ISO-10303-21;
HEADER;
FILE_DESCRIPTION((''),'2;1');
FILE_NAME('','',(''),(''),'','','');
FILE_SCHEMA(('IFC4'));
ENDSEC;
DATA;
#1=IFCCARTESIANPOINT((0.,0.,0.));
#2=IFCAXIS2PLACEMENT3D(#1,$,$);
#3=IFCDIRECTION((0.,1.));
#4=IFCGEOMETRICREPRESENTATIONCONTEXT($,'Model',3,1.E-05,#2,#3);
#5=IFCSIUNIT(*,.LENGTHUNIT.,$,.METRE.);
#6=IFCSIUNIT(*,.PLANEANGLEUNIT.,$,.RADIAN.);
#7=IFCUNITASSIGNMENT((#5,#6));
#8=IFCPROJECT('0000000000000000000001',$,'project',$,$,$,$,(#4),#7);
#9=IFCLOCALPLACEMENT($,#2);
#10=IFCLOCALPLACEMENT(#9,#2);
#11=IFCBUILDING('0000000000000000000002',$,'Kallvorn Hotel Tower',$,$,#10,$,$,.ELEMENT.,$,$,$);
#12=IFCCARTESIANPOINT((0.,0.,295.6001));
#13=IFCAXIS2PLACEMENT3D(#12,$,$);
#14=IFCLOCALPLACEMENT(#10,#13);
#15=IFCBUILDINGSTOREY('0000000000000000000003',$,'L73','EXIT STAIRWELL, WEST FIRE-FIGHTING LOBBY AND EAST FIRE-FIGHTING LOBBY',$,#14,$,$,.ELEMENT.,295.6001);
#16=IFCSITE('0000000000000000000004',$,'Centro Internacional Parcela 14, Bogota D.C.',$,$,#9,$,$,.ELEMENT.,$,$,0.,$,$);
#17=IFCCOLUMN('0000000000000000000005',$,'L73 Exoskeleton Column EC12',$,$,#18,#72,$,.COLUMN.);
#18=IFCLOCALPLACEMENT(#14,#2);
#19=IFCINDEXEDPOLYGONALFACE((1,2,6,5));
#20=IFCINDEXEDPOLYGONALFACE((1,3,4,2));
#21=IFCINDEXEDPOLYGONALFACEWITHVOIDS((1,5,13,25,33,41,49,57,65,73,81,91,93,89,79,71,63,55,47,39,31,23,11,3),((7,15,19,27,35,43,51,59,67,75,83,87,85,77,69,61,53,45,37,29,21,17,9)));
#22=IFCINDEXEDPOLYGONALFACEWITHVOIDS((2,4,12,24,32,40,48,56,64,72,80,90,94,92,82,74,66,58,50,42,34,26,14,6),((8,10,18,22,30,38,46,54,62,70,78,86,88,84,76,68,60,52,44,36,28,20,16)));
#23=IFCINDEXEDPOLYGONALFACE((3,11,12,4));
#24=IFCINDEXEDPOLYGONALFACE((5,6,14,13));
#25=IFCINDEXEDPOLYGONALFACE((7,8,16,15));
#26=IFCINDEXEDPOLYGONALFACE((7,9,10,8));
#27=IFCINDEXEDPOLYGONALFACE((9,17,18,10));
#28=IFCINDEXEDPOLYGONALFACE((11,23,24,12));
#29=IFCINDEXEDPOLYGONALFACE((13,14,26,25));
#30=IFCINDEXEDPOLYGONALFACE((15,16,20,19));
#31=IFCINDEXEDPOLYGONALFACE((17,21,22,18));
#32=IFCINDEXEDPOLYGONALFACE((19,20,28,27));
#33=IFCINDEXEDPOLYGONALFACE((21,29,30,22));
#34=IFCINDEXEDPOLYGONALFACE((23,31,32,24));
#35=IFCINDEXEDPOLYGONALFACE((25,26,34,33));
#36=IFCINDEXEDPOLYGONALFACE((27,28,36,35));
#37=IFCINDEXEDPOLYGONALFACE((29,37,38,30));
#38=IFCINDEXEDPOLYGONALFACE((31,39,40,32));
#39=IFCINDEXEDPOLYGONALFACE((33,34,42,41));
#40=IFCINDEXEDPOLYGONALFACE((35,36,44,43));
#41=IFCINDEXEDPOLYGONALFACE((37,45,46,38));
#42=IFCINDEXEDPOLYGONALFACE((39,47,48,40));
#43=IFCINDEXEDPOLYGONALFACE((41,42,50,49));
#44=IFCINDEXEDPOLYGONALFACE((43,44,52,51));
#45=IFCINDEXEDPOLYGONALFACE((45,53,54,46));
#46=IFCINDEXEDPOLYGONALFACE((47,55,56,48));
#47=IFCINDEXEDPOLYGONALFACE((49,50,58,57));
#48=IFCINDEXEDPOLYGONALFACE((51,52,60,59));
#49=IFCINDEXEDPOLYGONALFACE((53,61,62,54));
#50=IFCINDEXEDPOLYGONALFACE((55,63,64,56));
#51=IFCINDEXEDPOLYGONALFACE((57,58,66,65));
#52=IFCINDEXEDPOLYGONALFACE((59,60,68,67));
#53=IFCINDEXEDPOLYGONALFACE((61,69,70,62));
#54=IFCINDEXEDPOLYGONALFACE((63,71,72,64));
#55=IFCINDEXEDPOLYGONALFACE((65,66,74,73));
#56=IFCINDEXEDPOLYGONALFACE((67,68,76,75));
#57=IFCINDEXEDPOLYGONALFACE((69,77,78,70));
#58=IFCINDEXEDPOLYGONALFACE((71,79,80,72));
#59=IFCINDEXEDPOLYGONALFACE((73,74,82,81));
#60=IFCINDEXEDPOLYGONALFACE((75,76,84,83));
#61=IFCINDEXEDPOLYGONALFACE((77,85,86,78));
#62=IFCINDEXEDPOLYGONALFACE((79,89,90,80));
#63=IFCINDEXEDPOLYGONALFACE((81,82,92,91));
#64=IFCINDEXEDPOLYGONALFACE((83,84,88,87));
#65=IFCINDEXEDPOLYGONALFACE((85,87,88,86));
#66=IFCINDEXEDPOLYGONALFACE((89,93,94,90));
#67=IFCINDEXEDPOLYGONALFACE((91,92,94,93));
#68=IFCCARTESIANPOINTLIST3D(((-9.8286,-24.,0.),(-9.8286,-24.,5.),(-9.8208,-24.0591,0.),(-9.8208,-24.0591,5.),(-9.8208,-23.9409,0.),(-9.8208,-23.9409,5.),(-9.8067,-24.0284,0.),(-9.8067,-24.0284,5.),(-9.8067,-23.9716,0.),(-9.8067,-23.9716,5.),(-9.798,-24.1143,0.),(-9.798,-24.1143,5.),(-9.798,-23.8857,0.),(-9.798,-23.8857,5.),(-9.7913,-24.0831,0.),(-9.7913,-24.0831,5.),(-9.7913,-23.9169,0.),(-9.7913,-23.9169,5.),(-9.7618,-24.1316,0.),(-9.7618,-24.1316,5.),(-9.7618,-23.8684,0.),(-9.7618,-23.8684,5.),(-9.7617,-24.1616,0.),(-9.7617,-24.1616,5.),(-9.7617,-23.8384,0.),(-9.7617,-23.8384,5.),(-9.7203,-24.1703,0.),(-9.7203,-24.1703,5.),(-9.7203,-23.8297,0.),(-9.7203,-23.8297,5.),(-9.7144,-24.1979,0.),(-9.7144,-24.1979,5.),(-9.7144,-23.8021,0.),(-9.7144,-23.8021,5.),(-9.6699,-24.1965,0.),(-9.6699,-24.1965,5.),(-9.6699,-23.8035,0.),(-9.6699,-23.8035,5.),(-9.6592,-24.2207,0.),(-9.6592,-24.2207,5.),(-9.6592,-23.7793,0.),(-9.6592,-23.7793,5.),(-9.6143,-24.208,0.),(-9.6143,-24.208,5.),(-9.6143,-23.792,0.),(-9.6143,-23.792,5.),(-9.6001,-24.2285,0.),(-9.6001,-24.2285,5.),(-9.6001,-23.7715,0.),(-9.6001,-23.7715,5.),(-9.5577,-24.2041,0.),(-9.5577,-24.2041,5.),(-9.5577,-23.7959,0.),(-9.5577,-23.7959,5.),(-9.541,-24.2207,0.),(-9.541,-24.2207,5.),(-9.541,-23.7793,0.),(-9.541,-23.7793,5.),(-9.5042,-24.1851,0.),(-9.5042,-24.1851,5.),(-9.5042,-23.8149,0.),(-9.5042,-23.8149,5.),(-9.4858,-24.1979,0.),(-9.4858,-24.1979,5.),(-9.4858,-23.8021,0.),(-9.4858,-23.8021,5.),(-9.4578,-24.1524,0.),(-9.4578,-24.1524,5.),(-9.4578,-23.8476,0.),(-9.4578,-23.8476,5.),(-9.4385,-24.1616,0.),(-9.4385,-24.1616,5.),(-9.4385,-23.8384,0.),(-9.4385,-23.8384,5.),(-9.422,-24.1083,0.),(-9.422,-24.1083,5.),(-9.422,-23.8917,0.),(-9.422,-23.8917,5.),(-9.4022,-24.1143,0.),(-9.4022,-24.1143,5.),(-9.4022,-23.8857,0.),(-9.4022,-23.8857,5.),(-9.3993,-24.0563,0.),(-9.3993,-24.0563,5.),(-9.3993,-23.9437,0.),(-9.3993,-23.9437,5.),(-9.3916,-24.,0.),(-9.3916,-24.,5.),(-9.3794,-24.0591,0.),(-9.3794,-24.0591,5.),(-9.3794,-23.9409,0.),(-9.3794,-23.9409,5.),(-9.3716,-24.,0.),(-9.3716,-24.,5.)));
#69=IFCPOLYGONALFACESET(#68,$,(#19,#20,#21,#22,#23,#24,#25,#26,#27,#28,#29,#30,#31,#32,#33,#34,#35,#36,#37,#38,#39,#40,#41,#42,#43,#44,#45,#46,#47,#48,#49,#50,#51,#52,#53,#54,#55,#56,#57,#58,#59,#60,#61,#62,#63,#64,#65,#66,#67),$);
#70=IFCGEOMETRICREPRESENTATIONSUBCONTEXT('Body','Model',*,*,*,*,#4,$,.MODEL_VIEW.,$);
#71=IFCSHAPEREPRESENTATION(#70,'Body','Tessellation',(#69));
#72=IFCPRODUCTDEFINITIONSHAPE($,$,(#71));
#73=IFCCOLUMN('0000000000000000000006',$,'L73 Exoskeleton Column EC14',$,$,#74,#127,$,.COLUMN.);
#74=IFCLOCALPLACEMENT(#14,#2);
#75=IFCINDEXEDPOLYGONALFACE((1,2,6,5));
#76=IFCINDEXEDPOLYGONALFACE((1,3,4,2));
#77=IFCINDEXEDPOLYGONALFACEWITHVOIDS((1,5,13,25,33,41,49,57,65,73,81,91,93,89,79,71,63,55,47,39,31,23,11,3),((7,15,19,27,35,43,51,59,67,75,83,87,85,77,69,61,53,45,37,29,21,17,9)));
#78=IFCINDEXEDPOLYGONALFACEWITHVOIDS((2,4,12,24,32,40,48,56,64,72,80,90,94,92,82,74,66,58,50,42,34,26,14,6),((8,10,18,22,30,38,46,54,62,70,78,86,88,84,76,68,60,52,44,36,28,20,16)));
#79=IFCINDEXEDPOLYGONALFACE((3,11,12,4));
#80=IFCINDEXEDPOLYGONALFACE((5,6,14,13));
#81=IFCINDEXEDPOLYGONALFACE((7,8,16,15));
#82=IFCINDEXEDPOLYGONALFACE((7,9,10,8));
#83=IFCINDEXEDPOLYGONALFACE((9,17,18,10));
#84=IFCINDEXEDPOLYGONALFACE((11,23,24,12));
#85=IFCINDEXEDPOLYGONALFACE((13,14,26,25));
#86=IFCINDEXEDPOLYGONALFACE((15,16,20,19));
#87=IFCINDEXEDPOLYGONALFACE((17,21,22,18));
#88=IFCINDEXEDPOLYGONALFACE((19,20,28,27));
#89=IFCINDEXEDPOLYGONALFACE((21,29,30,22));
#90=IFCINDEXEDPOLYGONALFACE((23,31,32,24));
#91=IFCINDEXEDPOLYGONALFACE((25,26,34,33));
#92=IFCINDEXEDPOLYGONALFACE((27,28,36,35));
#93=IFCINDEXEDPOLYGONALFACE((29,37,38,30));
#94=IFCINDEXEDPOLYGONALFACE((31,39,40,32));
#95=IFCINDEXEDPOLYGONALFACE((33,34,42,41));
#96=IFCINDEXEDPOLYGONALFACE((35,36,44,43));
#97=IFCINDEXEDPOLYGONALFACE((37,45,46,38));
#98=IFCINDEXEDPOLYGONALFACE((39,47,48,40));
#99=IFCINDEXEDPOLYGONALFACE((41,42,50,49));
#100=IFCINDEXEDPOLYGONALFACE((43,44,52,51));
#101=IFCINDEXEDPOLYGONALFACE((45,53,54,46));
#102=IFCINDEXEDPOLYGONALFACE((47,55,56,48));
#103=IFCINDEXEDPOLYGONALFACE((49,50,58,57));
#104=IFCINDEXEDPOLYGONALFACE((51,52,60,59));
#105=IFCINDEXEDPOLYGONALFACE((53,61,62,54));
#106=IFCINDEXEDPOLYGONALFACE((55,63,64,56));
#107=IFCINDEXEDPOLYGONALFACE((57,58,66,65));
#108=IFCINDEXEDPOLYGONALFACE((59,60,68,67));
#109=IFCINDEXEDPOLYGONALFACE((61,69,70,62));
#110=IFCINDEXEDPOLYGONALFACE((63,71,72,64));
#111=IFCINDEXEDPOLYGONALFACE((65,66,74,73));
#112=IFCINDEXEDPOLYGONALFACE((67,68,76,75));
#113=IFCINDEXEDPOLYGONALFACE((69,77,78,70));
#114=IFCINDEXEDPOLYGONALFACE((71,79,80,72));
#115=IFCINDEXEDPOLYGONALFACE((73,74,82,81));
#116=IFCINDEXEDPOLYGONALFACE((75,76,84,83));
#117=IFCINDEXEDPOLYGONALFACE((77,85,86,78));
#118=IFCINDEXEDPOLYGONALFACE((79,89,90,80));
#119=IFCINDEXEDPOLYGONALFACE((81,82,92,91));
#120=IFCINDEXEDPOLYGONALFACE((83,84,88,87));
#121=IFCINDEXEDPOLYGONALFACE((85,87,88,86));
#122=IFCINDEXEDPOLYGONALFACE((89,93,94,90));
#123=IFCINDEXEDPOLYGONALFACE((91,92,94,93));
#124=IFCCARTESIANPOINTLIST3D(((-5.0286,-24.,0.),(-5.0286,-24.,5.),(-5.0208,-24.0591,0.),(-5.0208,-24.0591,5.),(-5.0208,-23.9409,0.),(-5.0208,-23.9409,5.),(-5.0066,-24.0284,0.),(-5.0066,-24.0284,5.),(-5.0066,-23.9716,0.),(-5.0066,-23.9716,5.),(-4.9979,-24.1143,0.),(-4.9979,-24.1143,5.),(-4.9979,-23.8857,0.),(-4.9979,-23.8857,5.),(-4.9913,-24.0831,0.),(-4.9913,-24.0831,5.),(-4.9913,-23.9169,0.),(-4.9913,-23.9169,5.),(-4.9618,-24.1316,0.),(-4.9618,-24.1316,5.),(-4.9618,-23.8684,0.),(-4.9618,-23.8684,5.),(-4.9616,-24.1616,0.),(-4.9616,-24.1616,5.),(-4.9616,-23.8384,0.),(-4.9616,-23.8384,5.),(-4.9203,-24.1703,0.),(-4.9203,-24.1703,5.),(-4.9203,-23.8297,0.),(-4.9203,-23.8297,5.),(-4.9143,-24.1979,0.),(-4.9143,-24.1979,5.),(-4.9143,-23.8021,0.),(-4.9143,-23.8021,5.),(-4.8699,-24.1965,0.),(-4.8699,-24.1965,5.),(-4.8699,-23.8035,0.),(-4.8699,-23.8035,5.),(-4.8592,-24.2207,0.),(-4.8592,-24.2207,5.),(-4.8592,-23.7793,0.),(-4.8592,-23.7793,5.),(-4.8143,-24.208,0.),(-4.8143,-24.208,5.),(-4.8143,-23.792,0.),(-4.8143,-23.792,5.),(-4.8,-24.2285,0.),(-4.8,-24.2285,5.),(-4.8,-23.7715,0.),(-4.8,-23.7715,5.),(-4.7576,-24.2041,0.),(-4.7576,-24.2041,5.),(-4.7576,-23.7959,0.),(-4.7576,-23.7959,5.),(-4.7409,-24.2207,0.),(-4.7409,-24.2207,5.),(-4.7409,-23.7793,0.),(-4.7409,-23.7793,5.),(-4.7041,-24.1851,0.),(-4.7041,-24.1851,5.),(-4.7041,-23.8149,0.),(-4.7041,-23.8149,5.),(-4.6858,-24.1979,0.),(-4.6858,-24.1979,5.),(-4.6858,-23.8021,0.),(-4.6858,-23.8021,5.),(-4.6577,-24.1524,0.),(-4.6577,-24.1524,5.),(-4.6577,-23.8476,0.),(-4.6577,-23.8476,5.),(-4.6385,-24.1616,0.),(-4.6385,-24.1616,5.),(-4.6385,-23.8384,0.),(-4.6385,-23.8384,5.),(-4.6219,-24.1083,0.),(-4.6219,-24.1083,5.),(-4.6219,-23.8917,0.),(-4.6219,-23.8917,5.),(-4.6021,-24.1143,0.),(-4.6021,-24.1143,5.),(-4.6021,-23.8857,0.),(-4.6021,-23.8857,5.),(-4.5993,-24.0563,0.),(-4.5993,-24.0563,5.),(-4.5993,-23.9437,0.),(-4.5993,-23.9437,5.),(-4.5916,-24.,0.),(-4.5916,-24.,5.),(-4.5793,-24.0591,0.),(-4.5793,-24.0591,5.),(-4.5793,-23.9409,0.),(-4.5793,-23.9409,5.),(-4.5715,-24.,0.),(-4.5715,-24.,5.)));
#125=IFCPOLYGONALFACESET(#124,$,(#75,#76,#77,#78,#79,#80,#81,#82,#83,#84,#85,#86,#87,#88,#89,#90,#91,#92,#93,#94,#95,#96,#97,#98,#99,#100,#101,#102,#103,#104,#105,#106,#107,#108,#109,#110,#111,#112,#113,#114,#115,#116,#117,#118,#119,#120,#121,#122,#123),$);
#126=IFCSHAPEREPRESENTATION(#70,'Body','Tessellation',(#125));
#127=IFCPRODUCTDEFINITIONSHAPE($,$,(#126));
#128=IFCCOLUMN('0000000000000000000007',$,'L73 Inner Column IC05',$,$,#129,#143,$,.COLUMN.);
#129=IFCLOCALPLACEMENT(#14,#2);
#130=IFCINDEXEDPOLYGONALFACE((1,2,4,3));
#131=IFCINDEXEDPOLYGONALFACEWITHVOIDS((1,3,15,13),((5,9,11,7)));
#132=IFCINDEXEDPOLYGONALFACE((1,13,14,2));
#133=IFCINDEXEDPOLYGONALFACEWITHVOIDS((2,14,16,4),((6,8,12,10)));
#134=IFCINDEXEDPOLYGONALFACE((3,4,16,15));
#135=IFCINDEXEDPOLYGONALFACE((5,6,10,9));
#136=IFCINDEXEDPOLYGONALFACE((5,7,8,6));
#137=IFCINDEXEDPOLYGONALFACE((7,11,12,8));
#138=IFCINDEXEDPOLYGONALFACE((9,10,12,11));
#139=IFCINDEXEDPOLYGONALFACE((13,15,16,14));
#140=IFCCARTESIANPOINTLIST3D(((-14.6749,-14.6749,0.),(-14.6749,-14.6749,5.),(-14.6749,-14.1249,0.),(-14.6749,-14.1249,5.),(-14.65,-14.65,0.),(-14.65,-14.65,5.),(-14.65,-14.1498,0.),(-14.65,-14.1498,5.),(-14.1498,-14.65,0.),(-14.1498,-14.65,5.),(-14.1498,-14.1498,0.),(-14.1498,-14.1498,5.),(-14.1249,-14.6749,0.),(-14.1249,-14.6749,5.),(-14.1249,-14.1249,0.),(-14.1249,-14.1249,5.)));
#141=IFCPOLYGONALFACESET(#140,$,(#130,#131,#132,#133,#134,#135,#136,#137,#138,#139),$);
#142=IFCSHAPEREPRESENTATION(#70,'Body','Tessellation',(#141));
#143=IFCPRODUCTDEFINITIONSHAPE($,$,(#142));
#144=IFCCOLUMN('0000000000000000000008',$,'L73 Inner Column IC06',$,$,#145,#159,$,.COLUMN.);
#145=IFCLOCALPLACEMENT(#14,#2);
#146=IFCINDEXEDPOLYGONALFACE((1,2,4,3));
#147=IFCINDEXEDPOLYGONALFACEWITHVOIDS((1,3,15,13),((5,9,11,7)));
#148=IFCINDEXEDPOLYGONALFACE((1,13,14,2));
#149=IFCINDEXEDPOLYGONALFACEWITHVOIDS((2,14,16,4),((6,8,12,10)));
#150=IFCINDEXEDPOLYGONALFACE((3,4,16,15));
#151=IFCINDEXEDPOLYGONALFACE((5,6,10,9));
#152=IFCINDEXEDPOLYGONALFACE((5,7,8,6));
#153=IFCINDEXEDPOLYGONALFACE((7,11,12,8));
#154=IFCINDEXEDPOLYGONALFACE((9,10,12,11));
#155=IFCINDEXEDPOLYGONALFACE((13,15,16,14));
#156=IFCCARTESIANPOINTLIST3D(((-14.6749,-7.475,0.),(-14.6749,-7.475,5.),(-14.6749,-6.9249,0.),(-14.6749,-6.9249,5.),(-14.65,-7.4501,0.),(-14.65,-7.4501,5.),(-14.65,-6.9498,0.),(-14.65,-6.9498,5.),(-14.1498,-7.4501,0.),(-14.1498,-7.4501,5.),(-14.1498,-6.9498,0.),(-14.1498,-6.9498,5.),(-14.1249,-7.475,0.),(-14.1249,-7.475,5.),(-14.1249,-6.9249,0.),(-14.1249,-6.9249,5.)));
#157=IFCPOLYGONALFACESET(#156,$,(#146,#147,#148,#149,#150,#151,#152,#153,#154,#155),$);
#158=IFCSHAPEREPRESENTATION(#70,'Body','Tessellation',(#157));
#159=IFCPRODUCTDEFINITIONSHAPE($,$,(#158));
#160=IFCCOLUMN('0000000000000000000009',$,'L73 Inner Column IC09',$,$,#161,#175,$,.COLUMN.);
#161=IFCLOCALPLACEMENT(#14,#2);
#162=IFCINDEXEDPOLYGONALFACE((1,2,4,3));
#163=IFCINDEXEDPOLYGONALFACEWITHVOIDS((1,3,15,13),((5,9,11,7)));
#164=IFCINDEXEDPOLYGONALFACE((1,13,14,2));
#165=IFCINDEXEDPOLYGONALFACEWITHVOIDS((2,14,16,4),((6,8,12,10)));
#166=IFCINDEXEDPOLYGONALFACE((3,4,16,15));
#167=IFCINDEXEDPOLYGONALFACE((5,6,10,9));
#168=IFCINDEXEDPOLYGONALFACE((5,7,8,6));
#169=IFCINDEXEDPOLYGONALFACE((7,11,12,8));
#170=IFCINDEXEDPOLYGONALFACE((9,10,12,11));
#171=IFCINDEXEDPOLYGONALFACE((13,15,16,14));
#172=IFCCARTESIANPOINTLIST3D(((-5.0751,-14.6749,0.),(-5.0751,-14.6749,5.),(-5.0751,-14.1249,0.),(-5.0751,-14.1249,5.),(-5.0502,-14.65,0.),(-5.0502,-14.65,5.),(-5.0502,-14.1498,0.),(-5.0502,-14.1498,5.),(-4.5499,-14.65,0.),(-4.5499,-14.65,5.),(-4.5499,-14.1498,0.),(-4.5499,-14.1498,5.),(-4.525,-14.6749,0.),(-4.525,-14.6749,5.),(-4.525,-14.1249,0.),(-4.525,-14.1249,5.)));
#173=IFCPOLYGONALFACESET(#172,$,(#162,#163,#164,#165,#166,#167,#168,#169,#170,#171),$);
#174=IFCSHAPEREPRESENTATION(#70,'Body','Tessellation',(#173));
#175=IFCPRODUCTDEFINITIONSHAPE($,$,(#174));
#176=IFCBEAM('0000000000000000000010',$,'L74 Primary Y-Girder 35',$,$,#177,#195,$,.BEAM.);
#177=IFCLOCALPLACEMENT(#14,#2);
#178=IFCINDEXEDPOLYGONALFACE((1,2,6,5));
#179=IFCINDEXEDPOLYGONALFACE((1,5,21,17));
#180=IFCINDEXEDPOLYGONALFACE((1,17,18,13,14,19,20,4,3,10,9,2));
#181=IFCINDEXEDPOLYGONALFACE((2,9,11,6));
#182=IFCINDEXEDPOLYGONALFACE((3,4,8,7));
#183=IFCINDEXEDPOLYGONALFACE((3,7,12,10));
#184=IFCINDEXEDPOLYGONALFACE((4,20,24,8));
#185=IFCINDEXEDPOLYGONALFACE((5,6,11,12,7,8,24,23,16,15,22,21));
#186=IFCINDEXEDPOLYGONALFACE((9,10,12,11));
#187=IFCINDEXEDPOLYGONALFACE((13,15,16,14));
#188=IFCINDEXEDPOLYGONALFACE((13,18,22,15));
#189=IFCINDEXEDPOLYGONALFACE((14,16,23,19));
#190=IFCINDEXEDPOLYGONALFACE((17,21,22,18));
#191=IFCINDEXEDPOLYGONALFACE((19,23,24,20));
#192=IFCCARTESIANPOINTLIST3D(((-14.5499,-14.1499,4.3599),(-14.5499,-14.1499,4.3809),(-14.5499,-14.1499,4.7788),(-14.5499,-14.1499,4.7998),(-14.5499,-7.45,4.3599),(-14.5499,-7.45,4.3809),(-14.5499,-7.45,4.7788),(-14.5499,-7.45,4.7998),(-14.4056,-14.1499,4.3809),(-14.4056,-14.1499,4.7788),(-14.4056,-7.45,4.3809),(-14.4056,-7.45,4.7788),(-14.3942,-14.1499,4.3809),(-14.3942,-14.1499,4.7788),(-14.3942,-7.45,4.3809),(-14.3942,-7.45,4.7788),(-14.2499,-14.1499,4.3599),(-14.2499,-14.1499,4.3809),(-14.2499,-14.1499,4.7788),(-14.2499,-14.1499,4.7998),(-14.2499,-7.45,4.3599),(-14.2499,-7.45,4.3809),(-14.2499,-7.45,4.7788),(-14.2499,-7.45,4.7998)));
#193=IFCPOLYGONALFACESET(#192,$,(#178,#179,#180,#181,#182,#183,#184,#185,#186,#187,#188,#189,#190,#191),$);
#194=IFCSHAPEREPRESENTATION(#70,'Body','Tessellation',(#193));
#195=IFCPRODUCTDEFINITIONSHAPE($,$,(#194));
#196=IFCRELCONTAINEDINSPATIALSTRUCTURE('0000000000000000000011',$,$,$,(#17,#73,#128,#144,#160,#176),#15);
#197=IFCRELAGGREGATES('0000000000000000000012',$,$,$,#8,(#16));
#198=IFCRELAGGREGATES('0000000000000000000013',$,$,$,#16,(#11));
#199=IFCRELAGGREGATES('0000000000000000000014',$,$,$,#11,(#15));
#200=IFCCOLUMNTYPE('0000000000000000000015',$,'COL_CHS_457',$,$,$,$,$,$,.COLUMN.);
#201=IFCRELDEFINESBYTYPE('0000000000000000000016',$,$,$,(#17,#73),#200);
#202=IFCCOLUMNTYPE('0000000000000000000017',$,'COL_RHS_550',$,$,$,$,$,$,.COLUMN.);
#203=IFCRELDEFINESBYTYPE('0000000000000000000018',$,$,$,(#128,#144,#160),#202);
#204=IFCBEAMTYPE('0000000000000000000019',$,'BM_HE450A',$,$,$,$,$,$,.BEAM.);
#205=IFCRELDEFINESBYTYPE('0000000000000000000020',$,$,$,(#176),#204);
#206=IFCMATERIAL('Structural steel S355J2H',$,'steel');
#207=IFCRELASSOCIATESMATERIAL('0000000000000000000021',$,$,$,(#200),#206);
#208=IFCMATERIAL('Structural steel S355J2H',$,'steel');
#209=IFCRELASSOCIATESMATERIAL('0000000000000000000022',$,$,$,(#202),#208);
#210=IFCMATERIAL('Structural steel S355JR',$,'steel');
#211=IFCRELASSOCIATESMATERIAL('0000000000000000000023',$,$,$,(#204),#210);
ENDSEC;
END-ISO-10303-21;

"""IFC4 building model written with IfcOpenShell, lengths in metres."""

from ifc_helpers import new_model, si_unit, direction, frame, origin, origin_2d, place, context, subcontext, project, spatial, hollow_rectangle, hollow_circle, i_section, extrude, material, material_profile, profile_set, type_object, element, save


model = new_model("IFC4")

# Units and contexts
model_context = context("Model", 3, precision=1e-05, world=origin(), true_north=direction((0.0, 1.0)))
body_context = subcontext(model_context, "Body", "Model", "MODEL_VIEW")
ifc_project = project(units=[si_unit("LENGTHUNIT", "METRE"), si_unit("PLANEANGLEUNIT", "RADIAN")], contexts=[model_context])

# Site, building, storey
site_placement = place(None, origin())
site = spatial("IfcSite", under=ifc_project, at=site_placement, Name="Centro Internacional Parcela 14, Bogota D.C.", CompositionType="ELEMENT", RefElevation=0.0)
building_placement = place(site_placement, origin())
building = spatial("IfcBuilding", under=site, at=building_placement, Name="Kallvorn Hotel Tower", CompositionType="ELEMENT")
storey_placement = place(building_placement, frame((0.0, 0.0, 295.6001)))
storey = spatial("IfcBuildingStorey", under=building, at=storey_placement, Name="L73", Description="EXIT STAIRWELL, WEST FIRE-FIGHTING LOBBY AND EAST FIRE-FIGHTING LOBBY", CompositionType="ELEMENT", Elevation=295.6001)

# Columns
ifc_material_1 = material(Name="Structural steel S355J2H", Category="steel")
ifc_material_profile_1 = material_profile(ifc_material_1, hollow_circle(Radius=0.2285, WallThickness=0.02, at=origin_2d()), Name="CHS 457x20")
ifc_profile_set_1 = profile_set([ifc_material_profile_1], Name="Structural steel S355J2H")
column_type_1 = type_object("IfcColumnType", Name="COL_CHS_457", PredefinedType="COLUMN", material=ifc_profile_set_1)
for number, where, z_axis, x_axis, name in (
    (1, (-9.6001, -24.0, 0.0), (0.0, 0.0, 1.0), (1.0, 0.0, 0.0), "L73 Exoskeleton Column EC12"),
    (2, (-4.8, -24.0, 0.0), (0.0, 0.0, 1.0), (1.0, 0.0, 0.0), "L73 Exoskeleton Column EC14"),
):
    element("IfcColumn", number, at=place(storey_placement, frame(where, z_axis=z_axis, x_axis=x_axis)), inside=storey, type_object=column_type_1, Name=name, PredefinedType="COLUMN", context=body_context, shape_type="SweptSolid", body=[
        extrude(hollow_circle(Radius=0.2285, WallThickness=0.02, at=origin_2d()), origin(), (0.0, 0.0, 1.0), 5.0),
    ])
ifc_material_2 = material(Name="Structural steel S355J2H", Category="steel")
ifc_material_profile_2 = material_profile(ifc_material_2, hollow_rectangle(XDim=0.55, YDim=0.55, WallThickness=0.0249, at=origin_2d()), Name="RHS 550x550x25")
ifc_profile_set_2 = profile_set([ifc_material_profile_2], Name="Structural steel S355J2H")
column_type_2 = type_object("IfcColumnType", Name="COL_RHS_550", PredefinedType="COLUMN", material=ifc_profile_set_2)
for number, where, z_axis, x_axis, name in (
    (3, (-14.3999, -14.3999, 0.0), (0.0, 0.0, 1.0), (1.0, 0.0, 0.0), "L73 Inner Column IC05"),
    (4, (-14.3999, -7.2, 0.0), (0.0, 0.0, 1.0), (1.0, 0.0, 0.0), "L73 Inner Column IC06"),
    (5, (-4.8, -14.3999, 0.0), (0.0, 0.0, 1.0), (1.0, 0.0, 0.0), "L73 Inner Column IC09"),
):
    element("IfcColumn", number, at=place(storey_placement, frame(where, z_axis=z_axis, x_axis=x_axis)), inside=storey, type_object=column_type_2, Name=name, PredefinedType="COLUMN", context=body_context, shape_type="SweptSolid", body=[
        extrude(hollow_rectangle(XDim=0.55, YDim=0.55, WallThickness=0.0249, at=origin_2d()), origin(), (0.0, 0.0, 1.0), 5.0),
    ])

# Beam
ifc_material_3 = material(Name="Structural steel S355JR", Category="steel")
ifc_material_profile_3 = material_profile(ifc_material_3, i_section(OverallWidth=0.3, OverallDepth=0.4399, WebThickness=0.0115, FlangeThickness=0.021, at=origin_2d()), Name="HE 450 A")
ifc_profile_set_3 = profile_set([ifc_material_profile_3], Name="Structural steel S355JR")
beam_type_1 = type_object("IfcBeamType", Name="BM_HE450A", PredefinedType="BEAM", material=ifc_profile_set_3)
beam_1_placement = place(storey_placement, frame((-14.3999, -14.1499, 4.5798), z_axis=(0.0, 1.0, 0.0), x_axis=(-1.0, 0.0, 0.0)))
element("IfcBeam", 6, at=beam_1_placement, inside=storey, type_object=beam_type_1, Name="L74 Primary Y-Girder 35", PredefinedType="BEAM", context=body_context, shape_type="SweptSolid", body=[
    extrude(i_section(OverallWidth=0.3, OverallDepth=0.4399, WebThickness=0.0115, FlangeThickness=0.021, at=origin_2d()), origin(), (0.0, 0.0, 1.0), 6.7),
])

save(model, "model.ifc")
